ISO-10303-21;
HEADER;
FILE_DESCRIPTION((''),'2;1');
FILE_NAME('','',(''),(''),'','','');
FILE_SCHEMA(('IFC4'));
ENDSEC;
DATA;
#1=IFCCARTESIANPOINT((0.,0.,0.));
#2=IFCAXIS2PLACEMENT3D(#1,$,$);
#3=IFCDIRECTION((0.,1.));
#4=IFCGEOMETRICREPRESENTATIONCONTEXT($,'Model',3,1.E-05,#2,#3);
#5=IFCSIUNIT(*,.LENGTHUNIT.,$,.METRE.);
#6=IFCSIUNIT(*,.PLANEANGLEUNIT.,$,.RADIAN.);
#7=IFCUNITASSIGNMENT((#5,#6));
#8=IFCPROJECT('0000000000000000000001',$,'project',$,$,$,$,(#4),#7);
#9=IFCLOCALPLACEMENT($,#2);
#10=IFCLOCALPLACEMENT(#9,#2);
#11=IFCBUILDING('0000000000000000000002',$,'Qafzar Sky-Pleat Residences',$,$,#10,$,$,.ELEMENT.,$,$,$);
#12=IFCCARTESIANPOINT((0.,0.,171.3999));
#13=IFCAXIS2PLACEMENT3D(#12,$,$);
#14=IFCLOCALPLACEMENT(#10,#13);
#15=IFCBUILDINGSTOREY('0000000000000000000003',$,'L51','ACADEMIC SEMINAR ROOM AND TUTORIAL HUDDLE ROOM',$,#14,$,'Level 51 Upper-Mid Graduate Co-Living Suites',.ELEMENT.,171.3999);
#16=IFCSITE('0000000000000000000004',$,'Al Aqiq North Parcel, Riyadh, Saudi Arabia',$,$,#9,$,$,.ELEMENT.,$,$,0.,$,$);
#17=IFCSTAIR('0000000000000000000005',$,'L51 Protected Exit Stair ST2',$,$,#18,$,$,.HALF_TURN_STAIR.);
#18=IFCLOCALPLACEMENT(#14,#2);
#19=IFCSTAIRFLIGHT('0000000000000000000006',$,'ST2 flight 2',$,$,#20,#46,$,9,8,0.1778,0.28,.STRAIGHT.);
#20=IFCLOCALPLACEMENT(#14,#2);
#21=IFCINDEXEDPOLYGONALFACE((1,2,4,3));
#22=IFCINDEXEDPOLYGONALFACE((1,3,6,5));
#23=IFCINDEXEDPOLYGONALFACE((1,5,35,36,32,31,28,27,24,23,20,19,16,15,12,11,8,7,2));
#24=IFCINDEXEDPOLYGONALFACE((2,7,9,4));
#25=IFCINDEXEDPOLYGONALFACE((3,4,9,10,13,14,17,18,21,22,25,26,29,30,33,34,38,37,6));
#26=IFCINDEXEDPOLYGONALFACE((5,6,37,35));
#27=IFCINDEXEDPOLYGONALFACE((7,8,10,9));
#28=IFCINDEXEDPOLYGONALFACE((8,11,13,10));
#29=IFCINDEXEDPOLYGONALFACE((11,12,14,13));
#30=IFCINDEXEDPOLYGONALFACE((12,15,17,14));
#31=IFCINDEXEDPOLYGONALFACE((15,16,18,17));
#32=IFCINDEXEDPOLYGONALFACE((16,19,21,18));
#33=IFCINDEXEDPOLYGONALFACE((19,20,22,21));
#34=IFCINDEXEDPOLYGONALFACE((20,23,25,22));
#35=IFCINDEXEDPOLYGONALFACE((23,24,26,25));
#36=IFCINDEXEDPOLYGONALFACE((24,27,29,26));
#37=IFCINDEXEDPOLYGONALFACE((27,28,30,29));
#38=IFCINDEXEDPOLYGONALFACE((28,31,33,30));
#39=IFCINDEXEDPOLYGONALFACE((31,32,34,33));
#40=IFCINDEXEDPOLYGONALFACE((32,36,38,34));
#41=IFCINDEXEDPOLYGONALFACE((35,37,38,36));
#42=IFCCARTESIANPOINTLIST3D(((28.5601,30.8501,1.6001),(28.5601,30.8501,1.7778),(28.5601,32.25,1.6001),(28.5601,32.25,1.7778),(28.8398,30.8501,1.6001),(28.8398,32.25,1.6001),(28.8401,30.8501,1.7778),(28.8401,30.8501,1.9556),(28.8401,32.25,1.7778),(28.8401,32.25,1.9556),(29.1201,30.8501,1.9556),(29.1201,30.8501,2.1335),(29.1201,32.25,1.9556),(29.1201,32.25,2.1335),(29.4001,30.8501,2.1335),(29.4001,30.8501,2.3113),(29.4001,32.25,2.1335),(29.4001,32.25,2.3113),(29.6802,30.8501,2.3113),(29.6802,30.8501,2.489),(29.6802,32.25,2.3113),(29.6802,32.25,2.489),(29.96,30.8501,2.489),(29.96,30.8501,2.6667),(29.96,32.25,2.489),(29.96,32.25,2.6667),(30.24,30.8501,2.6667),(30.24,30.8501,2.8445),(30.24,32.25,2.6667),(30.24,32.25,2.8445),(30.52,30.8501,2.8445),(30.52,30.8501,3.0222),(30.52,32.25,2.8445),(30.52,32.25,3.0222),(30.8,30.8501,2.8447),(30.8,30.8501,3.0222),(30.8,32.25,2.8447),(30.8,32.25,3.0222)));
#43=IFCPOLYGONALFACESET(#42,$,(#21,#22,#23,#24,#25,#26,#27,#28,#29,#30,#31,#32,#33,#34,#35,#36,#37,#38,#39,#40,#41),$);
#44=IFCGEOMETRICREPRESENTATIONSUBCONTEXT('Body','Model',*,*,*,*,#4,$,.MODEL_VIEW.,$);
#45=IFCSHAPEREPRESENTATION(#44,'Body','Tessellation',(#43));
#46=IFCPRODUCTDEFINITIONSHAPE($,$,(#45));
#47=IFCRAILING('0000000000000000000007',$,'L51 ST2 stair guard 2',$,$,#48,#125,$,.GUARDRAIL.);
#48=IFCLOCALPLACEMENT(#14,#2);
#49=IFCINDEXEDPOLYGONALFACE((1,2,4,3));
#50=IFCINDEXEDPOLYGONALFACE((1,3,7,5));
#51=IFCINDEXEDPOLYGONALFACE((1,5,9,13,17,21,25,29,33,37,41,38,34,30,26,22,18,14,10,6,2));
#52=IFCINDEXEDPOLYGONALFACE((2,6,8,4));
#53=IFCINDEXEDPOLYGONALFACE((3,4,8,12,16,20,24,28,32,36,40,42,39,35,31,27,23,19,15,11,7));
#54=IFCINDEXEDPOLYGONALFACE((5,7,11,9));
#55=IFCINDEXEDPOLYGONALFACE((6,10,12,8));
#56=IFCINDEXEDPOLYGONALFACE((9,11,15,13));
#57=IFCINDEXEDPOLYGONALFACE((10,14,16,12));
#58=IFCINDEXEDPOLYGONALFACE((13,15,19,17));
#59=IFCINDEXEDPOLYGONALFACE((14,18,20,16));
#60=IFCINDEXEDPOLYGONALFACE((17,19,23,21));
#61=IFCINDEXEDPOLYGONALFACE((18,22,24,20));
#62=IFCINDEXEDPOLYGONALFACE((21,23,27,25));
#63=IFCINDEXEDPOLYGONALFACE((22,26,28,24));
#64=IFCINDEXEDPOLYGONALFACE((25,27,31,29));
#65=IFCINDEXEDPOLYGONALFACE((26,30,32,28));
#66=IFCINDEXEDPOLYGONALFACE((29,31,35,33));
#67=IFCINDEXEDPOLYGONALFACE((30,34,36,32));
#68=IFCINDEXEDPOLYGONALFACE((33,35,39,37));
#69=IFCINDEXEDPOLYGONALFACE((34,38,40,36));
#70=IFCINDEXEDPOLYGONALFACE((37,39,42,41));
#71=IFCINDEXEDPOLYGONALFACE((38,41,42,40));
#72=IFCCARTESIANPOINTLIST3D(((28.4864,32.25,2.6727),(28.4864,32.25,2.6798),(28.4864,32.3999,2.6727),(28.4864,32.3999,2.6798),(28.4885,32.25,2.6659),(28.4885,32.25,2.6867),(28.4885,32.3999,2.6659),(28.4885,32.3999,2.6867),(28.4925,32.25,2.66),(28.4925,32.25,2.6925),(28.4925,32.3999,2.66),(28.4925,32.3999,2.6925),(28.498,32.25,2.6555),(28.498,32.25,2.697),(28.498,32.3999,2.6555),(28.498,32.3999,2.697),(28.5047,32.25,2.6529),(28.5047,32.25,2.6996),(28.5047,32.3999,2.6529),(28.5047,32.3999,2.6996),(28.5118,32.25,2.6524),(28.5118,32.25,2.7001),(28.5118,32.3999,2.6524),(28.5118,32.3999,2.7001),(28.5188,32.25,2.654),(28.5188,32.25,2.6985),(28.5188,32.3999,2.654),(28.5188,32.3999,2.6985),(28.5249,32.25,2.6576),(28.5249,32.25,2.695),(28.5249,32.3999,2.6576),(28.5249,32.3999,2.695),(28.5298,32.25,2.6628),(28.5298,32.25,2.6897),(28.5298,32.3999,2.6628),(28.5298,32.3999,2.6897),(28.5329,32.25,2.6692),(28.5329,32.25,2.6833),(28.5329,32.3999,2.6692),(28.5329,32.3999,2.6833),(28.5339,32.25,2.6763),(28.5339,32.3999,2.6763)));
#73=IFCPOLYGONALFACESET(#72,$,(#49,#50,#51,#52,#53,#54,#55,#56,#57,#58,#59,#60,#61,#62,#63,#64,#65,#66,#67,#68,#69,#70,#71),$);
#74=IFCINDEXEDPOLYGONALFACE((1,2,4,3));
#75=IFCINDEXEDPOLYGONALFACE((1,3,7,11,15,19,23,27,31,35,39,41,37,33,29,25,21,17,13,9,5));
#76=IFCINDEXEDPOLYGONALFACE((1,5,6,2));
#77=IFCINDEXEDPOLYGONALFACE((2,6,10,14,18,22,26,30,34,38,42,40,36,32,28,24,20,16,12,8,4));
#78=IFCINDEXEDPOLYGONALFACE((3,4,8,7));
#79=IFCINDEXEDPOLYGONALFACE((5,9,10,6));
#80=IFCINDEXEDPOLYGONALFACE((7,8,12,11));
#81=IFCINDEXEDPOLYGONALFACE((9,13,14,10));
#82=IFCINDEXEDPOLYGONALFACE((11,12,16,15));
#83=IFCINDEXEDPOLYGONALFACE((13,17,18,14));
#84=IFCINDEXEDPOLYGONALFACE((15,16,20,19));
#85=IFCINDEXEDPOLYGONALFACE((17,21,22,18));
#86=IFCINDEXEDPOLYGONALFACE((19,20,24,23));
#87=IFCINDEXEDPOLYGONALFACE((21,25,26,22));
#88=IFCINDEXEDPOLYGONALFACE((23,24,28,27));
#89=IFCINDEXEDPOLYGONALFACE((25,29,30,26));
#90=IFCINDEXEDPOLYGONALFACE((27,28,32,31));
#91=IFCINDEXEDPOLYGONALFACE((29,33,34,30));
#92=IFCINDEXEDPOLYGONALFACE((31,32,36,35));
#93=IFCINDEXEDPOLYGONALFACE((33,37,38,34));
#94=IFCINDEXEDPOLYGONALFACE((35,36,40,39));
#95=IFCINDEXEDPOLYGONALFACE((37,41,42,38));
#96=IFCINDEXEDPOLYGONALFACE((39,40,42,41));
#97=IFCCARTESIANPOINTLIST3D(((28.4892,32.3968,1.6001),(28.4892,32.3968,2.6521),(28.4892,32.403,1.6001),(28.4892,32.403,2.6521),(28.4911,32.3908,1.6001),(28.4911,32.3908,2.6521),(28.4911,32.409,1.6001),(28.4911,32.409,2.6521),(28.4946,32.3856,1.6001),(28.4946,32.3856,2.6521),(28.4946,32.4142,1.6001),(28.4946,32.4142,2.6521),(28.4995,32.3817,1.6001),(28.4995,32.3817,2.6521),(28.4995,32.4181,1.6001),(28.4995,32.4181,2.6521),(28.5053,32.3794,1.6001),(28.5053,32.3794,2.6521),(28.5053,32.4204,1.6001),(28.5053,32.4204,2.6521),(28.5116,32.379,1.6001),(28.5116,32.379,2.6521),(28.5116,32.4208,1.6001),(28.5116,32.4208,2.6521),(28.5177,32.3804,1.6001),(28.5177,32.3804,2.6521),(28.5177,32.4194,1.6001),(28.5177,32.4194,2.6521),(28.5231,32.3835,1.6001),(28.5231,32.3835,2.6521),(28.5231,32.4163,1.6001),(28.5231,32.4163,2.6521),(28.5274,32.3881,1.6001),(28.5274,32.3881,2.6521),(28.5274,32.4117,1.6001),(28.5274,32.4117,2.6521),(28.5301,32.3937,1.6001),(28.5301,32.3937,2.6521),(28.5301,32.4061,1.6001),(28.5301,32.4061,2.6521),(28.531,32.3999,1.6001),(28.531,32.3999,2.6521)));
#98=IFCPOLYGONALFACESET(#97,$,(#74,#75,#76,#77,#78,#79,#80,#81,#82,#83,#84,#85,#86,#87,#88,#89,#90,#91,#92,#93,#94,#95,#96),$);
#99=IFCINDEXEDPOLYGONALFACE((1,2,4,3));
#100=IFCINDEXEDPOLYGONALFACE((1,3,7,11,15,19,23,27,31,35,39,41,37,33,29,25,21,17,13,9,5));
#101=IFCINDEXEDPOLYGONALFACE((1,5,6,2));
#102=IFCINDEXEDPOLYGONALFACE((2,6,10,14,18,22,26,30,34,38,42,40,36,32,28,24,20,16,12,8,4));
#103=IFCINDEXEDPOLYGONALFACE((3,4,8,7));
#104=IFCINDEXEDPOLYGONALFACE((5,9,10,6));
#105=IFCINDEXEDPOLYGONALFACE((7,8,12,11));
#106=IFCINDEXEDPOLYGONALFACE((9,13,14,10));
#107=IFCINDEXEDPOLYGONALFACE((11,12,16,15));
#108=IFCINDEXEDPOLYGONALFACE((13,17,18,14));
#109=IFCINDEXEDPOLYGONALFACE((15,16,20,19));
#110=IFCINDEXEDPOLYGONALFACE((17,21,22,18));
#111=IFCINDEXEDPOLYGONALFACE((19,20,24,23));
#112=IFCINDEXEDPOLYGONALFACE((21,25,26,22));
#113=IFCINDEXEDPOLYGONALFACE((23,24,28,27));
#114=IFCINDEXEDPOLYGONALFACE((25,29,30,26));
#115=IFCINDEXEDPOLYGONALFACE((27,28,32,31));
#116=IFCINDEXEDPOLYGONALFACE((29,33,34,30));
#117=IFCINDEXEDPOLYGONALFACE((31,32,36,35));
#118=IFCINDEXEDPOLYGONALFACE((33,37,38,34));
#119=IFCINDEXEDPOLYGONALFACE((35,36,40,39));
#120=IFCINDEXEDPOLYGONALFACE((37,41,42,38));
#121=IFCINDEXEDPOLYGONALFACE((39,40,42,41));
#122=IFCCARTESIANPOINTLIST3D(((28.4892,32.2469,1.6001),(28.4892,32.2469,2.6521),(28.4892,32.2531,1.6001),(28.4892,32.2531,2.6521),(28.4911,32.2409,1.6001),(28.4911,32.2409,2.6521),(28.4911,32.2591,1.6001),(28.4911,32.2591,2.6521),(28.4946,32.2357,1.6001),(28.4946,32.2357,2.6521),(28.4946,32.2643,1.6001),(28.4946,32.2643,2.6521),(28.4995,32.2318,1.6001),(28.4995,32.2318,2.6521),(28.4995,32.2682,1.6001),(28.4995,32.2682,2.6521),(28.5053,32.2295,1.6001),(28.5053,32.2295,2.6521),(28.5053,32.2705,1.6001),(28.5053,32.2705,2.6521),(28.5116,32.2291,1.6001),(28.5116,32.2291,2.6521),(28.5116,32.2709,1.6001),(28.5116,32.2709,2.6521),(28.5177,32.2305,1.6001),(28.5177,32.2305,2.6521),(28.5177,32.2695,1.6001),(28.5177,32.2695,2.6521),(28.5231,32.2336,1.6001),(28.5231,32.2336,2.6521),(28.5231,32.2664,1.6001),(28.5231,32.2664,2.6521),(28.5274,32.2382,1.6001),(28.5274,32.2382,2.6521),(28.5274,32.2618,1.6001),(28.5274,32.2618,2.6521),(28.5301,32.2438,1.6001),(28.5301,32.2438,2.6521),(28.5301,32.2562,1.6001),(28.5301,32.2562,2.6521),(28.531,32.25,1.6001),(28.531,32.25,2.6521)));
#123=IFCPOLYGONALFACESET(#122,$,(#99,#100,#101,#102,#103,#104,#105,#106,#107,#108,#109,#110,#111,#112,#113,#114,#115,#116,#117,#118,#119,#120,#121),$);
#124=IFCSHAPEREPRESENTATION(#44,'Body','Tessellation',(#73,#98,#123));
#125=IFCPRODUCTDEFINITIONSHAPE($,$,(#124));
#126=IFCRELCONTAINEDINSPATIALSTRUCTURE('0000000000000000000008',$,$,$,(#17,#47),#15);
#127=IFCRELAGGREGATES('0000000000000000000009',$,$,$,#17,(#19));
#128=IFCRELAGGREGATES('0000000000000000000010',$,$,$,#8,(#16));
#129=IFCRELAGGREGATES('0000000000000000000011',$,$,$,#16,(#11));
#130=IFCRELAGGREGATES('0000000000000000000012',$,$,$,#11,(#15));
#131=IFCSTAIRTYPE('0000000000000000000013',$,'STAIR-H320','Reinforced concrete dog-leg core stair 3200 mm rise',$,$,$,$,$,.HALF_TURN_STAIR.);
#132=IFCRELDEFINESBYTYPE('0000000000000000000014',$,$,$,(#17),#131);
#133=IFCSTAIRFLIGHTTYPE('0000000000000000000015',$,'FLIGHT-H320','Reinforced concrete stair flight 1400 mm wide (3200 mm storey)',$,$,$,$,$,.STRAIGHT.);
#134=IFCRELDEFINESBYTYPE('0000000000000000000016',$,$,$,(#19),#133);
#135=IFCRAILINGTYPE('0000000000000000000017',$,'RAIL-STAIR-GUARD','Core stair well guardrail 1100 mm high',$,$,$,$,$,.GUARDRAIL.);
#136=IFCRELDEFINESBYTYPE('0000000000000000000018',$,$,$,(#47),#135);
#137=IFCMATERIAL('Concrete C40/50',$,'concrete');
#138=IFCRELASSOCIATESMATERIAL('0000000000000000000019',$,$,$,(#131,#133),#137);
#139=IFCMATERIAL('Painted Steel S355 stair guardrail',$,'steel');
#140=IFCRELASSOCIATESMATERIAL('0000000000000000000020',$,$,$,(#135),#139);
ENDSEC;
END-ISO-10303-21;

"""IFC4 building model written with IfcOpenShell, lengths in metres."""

from ifc_helpers import new_model, si_unit, direction, frame, origin, origin_2d, place, context, subcontext, project, spatial, polyline, circle, outline, extrude, source, transform, mapped, material, type_object, element, aggregate, save


model = new_model("IFC4")

# Units and contexts
model_context = context("Model", 3, precision=1e-05, world=origin(), true_north=direction((0.0, 1.0)))
body_context = subcontext(model_context, "Body", "Model", "MODEL_VIEW")
ifc_project = project(units=[si_unit("LENGTHUNIT", "METRE"), si_unit("PLANEANGLEUNIT", "RADIAN")], contexts=[model_context])

# Site, building, storey
site_placement = place(None, origin())
site = spatial("IfcSite", under=ifc_project, at=site_placement, Name="Al Aqiq North Parcel, Riyadh, Saudi Arabia", CompositionType="ELEMENT", RefElevation=0.0)
building_placement = place(site_placement, origin())
building = spatial("IfcBuilding", under=site, at=building_placement, Name="Qafzar Sky-Pleat Residences", CompositionType="ELEMENT")
storey_placement = place(building_placement, frame((0.0, 0.0, 171.3999)))
storey = spatial("IfcBuildingStorey", under=building, at=storey_placement, Name="L51", Description="ACADEMIC SEMINAR ROOM AND TUTORIAL HUDDLE ROOM", LongName="Level 51 Upper-Mid Graduate Co-Living Suites", CompositionType="ELEMENT", Elevation=171.3999)

# Stair, stair flight
ifc_material_1 = material(Name="Concrete C40/50", Category="concrete")
stair_type = type_object("IfcStairType", Name="STAIR-H320", Description="Reinforced concrete dog-leg core stair 3200 mm rise", PredefinedType="HALF_TURN_STAIR", material=ifc_material_1)
stair_placement = place(storey_placement, origin())
stair = element("IfcStair", 1, at=stair_placement, inside=storey, type_object=stair_type, Name="L51 Protected Exit Stair ST2", PredefinedType="HALF_TURN_STAIR")
stair_flight_type = type_object("IfcStairFlightType", Name="FLIGHT-H320", Description="Reinforced concrete stair flight 1400 mm wide (3200 mm storey)", PredefinedType="STRAIGHT", material=ifc_material_1)
shared_shape_1 = source(origin(), body_context, "Body", "SweptSolid", [
    extrude(outline(polyline([(0.0, 0.0), (0.0, 0.1777), (0.28, 0.1777), (0.28, 0.3555), (0.5601, 0.3555), (0.5601, 0.5334), (0.8401, 0.5334), (0.8401, 0.7112), (1.1201, 0.7112), (1.1201, 0.8889), (1.3999, 0.8889), (1.3999, 1.0667), (1.6799, 1.0667), (1.6799, 1.2444), (1.96, 1.2444), (1.96, 1.4221), (2.24, 1.4221), (2.24, 1.6001), (2.24, 1.2446), (0.2798, 0.0), (0.0, 0.0)])), frame((0.0, 0.7, 0.0), z_axis=(0.0, -1.0, 0.0), x_axis=(1.0, 0.0, 0.0)), (0.0, 0.0, 1.0), 1.3999),
])
stair_flight_placement = place(storey_placement, frame((28.5601, 31.55, 1.6001), z_axis=(0.0, 0.0, 1.0), x_axis=(1.0, 0.0, 0.0)))
stair_flight = element("IfcStairFlight", 2, at=stair_flight_placement, type_object=stair_flight_type, Name="ST2 flight 2", NumberOfRisers=9, NumberOfTreads=8, PredefinedType="STRAIGHT", RiserHeight=0.1778, TreadLength=0.28, context=body_context, shape_type="MappedRepresentation", body=[
    mapped(shared_shape_1, transform((0.0, 0.0, 0.0), x_axis=(1.0, 0.0, 0.0), y_axis=(0.0, 1.0, 0.0), z_axis=(0.0, 0.0, 1.0), scale=1.0)),
])
aggregate(stair, [stair_flight])

# Railing
ifc_material_2 = material(Name="Painted Steel S355 stair guardrail", Category="steel")
railing_type_1 = type_object("IfcRailingType", Name="RAIL-STAIR-GUARD", Description="Core stair well guardrail 1100 mm high", PredefinedType="GUARDRAIL", material=ifc_material_2)
shared_shape_2 = source(origin(), body_context, "Body", "SweptSolid", [
    extrude(circle(Radius=0.0239, at=origin_2d()), frame((0.0, 0.0, 1.0762), z_axis=(0.0, -1.0, 0.0), x_axis=(1.0, 0.0, 0.0)), (0.0, 0.0, 1.0), 0.1499),
    extrude(circle(Radius=0.021, at=origin_2d()), origin(), (0.0, 0.0, 1.0), 1.052),
    extrude(circle(Radius=0.021, at=origin_2d()), frame((0.0, -0.1499, 0.0)), (0.0, 0.0, 1.0), 1.052),
])
railing_1_placement = place(storey_placement, frame((28.51, 32.3999, 1.6001)))
element("IfcRailing", 3, at=railing_1_placement, inside=storey, type_object=railing_type_1, Name="L51 ST2 stair guard 2", PredefinedType="GUARDRAIL", context=body_context, shape_type="MappedRepresentation", body=[
    mapped(shared_shape_2, transform((0.0, 0.0, 0.0), x_axis=(1.0, 0.0, 0.0), y_axis=(0.0, 1.0, 0.0), z_axis=(0.0, 0.0, 1.0), scale=1.0)),
])

save(model, "model.ifc")
